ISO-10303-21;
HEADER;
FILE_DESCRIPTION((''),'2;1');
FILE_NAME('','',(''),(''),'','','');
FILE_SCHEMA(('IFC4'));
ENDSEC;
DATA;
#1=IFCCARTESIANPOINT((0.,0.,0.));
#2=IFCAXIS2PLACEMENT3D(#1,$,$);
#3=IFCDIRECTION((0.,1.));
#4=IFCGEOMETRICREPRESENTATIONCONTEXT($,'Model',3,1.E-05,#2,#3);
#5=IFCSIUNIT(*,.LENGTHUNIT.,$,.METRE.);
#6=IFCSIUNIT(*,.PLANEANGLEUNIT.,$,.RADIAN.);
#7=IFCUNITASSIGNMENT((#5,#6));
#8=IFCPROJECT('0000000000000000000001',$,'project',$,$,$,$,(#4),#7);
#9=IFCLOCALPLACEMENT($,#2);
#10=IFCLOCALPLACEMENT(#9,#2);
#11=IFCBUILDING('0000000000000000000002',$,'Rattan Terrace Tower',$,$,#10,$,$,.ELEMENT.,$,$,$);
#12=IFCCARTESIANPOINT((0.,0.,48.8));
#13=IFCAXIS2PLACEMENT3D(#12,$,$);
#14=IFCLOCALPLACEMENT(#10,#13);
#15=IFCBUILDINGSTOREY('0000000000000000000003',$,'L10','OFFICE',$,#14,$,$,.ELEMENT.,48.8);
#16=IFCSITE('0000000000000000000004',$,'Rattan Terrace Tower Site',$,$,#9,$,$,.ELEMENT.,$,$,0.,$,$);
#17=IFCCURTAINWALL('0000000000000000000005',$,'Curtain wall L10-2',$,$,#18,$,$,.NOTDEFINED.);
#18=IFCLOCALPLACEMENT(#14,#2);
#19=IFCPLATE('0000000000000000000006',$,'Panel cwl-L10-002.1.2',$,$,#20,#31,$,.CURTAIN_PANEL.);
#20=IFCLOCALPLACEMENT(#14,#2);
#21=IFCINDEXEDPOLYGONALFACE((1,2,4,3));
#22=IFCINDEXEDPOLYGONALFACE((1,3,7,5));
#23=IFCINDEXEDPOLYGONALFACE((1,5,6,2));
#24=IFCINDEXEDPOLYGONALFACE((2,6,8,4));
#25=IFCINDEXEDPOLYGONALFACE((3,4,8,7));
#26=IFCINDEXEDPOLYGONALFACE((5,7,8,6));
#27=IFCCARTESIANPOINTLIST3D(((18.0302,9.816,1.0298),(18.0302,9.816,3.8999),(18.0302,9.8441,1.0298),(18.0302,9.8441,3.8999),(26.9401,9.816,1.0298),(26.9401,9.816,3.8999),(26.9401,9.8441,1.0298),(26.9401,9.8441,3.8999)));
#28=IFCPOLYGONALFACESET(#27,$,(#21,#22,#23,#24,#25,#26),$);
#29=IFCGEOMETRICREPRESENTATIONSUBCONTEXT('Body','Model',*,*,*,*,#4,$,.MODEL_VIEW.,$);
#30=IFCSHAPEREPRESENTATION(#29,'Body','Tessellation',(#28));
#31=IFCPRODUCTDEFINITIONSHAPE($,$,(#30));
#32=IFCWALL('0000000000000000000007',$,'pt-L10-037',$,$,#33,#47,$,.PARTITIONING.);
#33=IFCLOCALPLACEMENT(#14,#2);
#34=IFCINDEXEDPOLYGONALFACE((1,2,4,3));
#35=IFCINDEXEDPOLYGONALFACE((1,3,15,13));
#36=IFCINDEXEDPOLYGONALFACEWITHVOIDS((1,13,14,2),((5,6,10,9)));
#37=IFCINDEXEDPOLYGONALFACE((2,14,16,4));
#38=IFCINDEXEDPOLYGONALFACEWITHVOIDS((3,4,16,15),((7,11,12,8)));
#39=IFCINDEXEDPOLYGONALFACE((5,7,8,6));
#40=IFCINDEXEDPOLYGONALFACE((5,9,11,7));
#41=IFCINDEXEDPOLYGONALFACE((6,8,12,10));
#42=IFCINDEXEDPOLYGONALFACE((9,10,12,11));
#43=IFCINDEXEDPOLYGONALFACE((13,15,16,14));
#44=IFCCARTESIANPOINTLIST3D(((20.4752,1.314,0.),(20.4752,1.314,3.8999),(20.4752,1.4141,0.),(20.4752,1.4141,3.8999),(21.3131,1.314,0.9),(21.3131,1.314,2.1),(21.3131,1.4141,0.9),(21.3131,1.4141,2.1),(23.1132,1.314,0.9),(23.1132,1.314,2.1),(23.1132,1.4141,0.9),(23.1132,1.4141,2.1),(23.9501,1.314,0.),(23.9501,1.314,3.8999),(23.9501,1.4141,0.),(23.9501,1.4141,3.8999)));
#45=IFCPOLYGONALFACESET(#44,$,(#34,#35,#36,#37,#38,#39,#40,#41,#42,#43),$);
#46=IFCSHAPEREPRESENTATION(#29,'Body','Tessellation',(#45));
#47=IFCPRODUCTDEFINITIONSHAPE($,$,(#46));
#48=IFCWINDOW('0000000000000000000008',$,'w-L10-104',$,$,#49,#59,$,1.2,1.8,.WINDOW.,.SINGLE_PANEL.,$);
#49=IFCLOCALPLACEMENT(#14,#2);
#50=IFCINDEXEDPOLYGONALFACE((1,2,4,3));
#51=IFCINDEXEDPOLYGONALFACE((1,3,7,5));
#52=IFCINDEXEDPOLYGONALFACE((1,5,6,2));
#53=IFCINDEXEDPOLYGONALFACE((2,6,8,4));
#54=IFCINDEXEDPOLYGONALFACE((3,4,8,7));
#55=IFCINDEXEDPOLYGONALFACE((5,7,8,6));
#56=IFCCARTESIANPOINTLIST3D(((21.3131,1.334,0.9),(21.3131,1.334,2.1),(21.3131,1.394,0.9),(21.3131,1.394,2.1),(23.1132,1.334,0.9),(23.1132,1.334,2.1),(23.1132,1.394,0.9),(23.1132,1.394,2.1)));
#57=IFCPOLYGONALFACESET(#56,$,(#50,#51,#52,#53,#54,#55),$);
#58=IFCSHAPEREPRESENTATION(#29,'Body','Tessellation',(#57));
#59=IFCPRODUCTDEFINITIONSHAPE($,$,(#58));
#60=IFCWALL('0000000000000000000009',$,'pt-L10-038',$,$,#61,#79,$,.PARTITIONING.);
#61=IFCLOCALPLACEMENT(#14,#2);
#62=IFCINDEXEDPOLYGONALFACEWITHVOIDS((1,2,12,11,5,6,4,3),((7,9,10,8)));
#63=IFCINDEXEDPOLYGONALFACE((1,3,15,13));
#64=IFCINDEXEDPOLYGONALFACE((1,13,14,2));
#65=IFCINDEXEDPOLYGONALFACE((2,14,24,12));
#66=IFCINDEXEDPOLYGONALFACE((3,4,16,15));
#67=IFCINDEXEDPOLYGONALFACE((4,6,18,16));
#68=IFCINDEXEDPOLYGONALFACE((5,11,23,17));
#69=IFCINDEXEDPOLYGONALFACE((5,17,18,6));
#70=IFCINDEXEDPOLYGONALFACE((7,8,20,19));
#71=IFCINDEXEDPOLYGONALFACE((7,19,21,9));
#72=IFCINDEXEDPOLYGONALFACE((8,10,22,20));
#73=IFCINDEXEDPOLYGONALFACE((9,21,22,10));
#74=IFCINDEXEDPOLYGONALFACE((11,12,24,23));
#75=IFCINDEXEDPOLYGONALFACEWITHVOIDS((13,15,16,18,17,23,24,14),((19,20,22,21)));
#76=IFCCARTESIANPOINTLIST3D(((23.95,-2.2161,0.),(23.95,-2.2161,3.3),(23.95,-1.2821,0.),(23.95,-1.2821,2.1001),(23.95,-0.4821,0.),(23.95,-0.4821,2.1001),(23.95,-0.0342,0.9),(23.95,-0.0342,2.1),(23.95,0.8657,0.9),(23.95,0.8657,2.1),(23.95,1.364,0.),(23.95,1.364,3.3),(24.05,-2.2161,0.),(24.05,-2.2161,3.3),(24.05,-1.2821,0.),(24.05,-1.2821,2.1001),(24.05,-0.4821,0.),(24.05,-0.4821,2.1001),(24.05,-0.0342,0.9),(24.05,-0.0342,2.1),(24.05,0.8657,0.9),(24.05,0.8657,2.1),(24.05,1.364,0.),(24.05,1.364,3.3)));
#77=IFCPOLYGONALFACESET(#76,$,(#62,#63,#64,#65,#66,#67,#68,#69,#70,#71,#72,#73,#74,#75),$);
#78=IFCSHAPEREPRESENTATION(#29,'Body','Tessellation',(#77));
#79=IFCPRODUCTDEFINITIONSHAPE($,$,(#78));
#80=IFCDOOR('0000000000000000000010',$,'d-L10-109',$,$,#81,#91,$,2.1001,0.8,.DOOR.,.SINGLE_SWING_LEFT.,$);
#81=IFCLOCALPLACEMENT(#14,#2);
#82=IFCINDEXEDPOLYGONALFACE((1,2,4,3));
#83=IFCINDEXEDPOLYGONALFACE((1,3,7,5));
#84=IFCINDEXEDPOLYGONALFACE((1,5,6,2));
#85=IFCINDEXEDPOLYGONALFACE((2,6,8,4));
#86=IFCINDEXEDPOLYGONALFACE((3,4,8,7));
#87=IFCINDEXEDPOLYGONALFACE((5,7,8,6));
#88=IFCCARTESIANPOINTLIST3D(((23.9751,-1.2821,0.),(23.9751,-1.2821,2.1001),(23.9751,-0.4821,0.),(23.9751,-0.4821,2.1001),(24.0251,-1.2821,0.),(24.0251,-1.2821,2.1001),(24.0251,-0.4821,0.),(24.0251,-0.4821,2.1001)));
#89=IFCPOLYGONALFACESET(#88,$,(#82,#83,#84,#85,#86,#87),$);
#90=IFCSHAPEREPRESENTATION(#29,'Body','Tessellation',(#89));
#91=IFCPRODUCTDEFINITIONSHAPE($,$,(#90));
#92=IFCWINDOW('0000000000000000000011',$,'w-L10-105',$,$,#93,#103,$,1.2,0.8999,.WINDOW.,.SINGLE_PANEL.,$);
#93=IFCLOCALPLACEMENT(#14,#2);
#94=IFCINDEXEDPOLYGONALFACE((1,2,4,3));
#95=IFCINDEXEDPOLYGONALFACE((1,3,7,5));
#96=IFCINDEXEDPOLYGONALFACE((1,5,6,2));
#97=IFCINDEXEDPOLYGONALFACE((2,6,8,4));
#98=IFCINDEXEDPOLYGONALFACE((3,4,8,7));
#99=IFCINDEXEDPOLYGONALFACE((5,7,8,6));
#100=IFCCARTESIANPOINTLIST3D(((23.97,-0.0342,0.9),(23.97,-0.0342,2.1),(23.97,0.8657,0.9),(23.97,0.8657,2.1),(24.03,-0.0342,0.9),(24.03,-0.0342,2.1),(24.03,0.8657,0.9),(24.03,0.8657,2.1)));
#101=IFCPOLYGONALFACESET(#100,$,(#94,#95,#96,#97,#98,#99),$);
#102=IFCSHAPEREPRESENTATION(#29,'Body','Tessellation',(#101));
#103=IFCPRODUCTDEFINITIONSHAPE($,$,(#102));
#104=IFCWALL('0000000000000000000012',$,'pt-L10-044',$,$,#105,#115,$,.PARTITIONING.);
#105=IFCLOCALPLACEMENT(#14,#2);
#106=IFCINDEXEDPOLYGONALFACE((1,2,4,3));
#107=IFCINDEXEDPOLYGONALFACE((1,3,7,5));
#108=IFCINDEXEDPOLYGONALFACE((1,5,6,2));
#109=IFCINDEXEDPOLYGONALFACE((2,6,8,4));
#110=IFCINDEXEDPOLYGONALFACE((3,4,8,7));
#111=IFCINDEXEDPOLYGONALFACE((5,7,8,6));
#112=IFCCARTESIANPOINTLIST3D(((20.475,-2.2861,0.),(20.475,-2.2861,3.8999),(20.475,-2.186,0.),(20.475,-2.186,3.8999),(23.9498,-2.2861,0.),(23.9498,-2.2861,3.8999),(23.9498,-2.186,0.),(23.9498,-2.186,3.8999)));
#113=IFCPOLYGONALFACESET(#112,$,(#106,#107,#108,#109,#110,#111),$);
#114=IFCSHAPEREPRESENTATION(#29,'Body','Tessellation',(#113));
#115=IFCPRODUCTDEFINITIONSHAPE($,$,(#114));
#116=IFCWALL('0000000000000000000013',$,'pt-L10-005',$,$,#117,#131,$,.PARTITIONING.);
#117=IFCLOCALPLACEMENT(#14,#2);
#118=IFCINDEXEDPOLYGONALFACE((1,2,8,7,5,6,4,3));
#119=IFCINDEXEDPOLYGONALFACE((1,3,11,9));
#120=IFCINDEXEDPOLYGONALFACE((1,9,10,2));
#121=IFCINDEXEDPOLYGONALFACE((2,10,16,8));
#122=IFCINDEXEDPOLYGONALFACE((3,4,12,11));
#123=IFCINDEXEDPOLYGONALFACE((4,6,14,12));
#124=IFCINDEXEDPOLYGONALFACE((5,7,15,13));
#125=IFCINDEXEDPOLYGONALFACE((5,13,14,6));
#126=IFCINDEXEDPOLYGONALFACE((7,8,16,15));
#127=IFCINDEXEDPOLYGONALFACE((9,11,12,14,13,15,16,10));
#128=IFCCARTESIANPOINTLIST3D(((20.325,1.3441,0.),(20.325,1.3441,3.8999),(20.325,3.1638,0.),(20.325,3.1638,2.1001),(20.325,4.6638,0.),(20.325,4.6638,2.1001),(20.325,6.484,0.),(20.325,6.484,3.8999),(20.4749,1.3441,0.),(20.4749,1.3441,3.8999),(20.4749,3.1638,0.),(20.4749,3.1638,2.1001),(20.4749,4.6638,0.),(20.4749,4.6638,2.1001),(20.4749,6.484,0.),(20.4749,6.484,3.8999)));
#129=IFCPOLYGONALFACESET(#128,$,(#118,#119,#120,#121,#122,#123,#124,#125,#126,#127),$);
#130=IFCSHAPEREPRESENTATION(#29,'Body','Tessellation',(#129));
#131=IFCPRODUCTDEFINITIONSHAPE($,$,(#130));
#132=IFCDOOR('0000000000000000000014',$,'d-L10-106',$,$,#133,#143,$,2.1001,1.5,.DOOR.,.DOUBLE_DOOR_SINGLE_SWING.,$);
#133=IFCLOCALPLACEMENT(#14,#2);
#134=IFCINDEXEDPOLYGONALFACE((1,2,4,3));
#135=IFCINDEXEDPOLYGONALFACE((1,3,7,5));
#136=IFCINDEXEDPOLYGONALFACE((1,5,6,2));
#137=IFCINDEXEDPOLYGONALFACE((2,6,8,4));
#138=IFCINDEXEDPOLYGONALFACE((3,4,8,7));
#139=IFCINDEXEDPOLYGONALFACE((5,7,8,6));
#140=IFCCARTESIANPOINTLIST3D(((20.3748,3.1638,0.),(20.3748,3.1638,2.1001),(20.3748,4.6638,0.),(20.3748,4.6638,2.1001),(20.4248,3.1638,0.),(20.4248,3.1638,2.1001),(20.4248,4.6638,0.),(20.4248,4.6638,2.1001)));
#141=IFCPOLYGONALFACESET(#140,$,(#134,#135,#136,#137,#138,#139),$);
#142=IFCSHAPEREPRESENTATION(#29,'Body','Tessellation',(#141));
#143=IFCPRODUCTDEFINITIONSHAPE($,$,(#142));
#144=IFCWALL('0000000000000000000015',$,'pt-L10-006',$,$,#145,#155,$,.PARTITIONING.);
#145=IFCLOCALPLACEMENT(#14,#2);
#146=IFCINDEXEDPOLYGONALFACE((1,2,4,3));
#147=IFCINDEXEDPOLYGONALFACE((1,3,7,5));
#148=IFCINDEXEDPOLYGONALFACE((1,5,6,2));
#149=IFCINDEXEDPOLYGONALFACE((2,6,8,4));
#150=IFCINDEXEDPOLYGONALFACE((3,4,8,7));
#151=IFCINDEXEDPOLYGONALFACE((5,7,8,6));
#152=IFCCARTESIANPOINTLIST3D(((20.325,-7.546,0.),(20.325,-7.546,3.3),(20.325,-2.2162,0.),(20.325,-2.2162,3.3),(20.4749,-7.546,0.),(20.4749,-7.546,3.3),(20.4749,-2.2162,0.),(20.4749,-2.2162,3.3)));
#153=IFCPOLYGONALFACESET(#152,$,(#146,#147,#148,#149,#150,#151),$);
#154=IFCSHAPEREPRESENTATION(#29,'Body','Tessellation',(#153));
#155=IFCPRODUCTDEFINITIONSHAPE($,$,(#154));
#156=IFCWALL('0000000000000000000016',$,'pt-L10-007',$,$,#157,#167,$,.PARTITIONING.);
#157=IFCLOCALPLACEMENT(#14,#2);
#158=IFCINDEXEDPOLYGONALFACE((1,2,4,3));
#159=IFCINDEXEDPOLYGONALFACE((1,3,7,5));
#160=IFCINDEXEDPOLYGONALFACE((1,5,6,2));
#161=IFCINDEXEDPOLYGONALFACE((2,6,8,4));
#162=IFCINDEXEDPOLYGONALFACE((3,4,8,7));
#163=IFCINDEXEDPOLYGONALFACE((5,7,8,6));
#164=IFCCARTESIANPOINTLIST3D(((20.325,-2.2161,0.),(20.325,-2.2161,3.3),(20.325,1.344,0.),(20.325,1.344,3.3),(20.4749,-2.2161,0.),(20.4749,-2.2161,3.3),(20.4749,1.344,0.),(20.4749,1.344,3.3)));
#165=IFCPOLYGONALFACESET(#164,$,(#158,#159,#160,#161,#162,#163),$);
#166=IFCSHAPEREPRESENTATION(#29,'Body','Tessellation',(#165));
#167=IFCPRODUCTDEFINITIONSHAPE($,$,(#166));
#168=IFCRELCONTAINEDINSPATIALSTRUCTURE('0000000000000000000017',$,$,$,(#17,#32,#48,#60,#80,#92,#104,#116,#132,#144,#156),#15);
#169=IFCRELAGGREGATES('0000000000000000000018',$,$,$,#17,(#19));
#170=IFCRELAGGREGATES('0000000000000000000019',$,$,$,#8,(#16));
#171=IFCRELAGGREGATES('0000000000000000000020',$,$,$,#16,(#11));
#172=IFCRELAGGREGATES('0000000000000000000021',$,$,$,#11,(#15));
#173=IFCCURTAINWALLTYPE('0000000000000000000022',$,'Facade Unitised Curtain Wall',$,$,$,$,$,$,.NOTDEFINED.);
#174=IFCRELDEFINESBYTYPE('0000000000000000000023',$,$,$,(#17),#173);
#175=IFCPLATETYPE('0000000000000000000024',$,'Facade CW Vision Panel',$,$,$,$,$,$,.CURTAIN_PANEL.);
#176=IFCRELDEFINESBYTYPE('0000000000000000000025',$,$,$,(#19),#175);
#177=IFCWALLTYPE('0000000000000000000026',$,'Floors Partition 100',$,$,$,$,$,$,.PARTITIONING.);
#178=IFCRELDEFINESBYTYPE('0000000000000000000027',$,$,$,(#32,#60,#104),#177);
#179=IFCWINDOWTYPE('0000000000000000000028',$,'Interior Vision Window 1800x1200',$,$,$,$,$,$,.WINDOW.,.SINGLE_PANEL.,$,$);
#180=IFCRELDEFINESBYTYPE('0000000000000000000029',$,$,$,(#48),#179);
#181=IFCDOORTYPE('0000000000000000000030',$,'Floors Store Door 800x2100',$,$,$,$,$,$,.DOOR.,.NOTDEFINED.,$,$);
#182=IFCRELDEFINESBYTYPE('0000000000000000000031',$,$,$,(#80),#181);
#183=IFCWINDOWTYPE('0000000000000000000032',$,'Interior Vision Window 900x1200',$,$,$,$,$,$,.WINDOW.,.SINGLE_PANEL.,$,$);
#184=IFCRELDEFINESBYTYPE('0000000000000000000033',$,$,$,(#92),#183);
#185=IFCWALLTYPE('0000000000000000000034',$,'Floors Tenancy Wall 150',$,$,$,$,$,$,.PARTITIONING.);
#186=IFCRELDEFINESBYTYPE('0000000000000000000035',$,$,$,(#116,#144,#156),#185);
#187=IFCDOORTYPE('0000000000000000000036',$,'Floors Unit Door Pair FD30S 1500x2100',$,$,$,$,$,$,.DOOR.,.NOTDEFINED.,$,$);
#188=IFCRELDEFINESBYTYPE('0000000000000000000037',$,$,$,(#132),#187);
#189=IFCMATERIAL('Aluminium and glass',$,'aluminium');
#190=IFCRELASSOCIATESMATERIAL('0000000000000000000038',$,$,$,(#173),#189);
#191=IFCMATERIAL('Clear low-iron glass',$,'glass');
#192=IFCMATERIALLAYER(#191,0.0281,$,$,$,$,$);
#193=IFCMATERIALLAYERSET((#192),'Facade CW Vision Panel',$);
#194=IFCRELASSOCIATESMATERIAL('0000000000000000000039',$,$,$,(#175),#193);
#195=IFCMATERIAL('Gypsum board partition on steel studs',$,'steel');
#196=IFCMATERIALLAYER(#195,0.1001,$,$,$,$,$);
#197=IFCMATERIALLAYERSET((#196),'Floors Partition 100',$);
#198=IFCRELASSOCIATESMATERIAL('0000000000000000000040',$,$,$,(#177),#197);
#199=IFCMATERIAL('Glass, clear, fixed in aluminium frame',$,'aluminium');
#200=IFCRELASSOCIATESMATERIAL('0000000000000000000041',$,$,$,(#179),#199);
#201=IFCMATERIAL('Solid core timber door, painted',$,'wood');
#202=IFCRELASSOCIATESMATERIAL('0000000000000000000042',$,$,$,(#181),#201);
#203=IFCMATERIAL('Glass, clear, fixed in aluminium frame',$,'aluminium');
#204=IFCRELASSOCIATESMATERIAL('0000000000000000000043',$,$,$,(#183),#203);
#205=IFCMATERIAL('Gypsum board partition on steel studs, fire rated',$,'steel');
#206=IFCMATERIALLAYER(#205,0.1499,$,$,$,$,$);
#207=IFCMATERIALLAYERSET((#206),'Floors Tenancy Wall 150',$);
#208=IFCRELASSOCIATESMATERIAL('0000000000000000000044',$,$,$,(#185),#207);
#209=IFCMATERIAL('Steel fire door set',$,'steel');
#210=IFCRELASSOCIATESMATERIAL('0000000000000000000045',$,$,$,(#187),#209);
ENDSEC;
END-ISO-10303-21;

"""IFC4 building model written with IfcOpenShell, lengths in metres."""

from ifc_helpers import new_model, si_unit, direction, frame, frame_2d, origin, origin_2d, place, context, subcontext, project, spatial, rectangle, extrude, material, layer, layer_set, type_object, element, fill, aggregate, save


model = new_model("IFC4")

# Units and contexts
model_context = context("Model", 3, precision=1e-05, world=origin(), true_north=direction((0.0, 1.0)))
body_context = subcontext(model_context, "Body", "Model", "MODEL_VIEW")
ifc_project = project(units=[si_unit("LENGTHUNIT", "METRE"), si_unit("PLANEANGLEUNIT", "RADIAN")], contexts=[model_context])

# Site, building, storey
site_placement = place(None, origin())
site = spatial("IfcSite", under=ifc_project, at=site_placement, Name="Rattan Terrace Tower Site", CompositionType="ELEMENT", RefElevation=0.0)
building_placement = place(site_placement, origin())
building = spatial("IfcBuilding", under=site, at=building_placement, Name="Rattan Terrace Tower", CompositionType="ELEMENT")
storey_placement = place(building_placement, frame((0.0, 0.0, 48.8)))
storey = spatial("IfcBuildingStorey", under=building, at=storey_placement, Name="L10", Description="OFFICE", CompositionType="ELEMENT", Elevation=48.8)

# Curtain wall
ifc_material_1 = material(Name="Aluminium and glass", Category="aluminium")
curtain_wall_type = type_object("IfcCurtainWallType", Name="Facade Unitised Curtain Wall", PredefinedType="NOTDEFINED", material=ifc_material_1)
curtain_wall_placement = place(storey_placement, origin())
curtain_wall = element("IfcCurtainWall", 1, at=curtain_wall_placement, inside=storey, type_object=curtain_wall_type, Name="Curtain wall L10-2", PredefinedType="NOTDEFINED")

# Plate
ifc_material_2 = material(Name="Clear low-iron glass", Category="glass")
ifc_layer_1 = layer(ifc_material_2, 0.0281)
ifc_layer_set_1 = layer_set([ifc_layer_1], Name="Facade CW Vision Panel")
plate_type_1 = type_object("IfcPlateType", Name="Facade CW Vision Panel", PredefinedType="CURTAIN_PANEL", material=ifc_layer_set_1)
plate_1_placement = place(storey_placement, frame((22.4851, 9.8301, 1.0298), z_axis=(0.0, 0.0, 1.0), x_axis=(-1.0, 0.0, 0.0)))
plate_1 = element("IfcPlate", 2, at=plate_1_placement, type_object=plate_type_1, Name="Panel cwl-L10-002.1.2", PredefinedType="CURTAIN_PANEL", context=body_context, shape_type="SweptSolid", body=[
    extrude(rectangle(XDim=8.9099, YDim=0.0281, at=origin_2d()), origin(), (0.0, 0.0, 1.0), 2.8701),
])
aggregate(curtain_wall, [plate_1])

# Wall, opening, window
ifc_material_3 = material(Name="Gypsum board partition on steel studs", Category="steel")
ifc_layer_2 = layer(ifc_material_3, 0.1001)
ifc_layer_set_2 = layer_set([ifc_layer_2], Name="Floors Partition 100")
wall_type_1 = type_object("IfcWallType", Name="Floors Partition 100", PredefinedType="PARTITIONING", material=ifc_layer_set_2)
wall_1_placement = place(storey_placement, frame((23.95, 1.364, 0.0), z_axis=(0.0, 0.0, 1.0), x_axis=(-1.0, 0.0, 0.0)))
wall_1 = element("IfcWall", 3, at=wall_1_placement, inside=storey, type_object=wall_type_1, Name="pt-L10-037", PredefinedType="PARTITIONING", context=body_context, shape_type="SweptSolid", body=[
    extrude(rectangle(XDim=3.4749, YDim=0.1001, at=frame_2d((1.7373, 0.0))), origin(), (0.0, 0.0, 1.0), 3.8999),
])
opening_1_placement = place(wall_1_placement, frame((0.8369, 0.0, 0.8999)))
opening_1 = element("IfcOpeningElement", 4, at=opening_1_placement, cuts=wall_1, PredefinedType="OPENING", context=body_context, shape_type="SweptSolid", body=[
    extrude(rectangle(XDim=1.8, YDim=1.2, at=frame_2d((0.8999, 0.6001))), frame((0.0, 0.0605, 0.0), z_axis=(0.0, -1.0, 0.0), x_axis=(1.0, 0.0, 0.0)), (0.0, 0.0, 1.0), 0.1211),
])
ifc_material_4 = material(Name="Glass, clear, fixed in aluminium frame", Category="aluminium")
window_type_1 = type_object("IfcWindowType", Name="Interior Vision Window 1800x1200", PartitioningType="SINGLE_PANEL", PredefinedType="WINDOW", material=ifc_material_4)
window_1_placement = place(opening_1_placement, origin())
window_1 = element("IfcWindow", 5, at=window_1_placement, inside=storey, type_object=window_type_1, Name="w-L10-104", OverallHeight=1.2, OverallWidth=1.8, PartitioningType="SINGLE_PANEL", PredefinedType="WINDOW", context=body_context, shape_type="SweptSolid", body=[
    extrude(rectangle(XDim=1.8, YDim=1.2, at=frame_2d((0.8999, 0.6001))), frame((0.0, 0.03, 0.0), z_axis=(0.0, -1.0, 0.0), x_axis=(1.0, 0.0, 0.0)), (0.0, 0.0, 1.0), 0.0601),
])
fill(opening_1, window_1)

# Wall, openings, door, window
wall_2_placement = place(storey_placement, frame((24.0, -2.2161, 0.0), z_axis=(0.0, 0.0, 1.0), x_axis=(0.0, 1.0, 0.0)))
wall_2 = element("IfcWall", 6, at=wall_2_placement, inside=storey, type_object=wall_type_1, Name="pt-L10-038", PredefinedType="PARTITIONING", context=body_context, shape_type="SweptSolid", body=[
    extrude(rectangle(XDim=3.5801, YDim=0.1001, at=frame_2d((1.79, 0.0))), origin(), (0.0, 0.0, 1.0), 3.3),
])
opening_2_placement = place(wall_2_placement, frame((0.9341, 0.0, 0.0)))
opening_2 = element("IfcOpeningElement", 7, at=opening_2_placement, cuts=wall_2, PredefinedType="OPENING", context=body_context, shape_type="SweptSolid", body=[
    extrude(rectangle(XDim=0.8, YDim=2.1001, at=frame_2d((0.3999, 1.05))), frame((0.0, 0.0605, 0.0), z_axis=(0.0, -1.0, 0.0), x_axis=(1.0, 0.0, 0.0)), (0.0, 0.0, 1.0), 0.1211),
])
opening_3_placement = place(wall_2_placement, frame((2.1819, 0.0, 0.8999)))
opening_3 = element("IfcOpeningElement", 8, at=opening_3_placement, cuts=wall_2, PredefinedType="OPENING", context=body_context, shape_type="SweptSolid", body=[
    extrude(rectangle(XDim=0.8999, YDim=1.2, at=frame_2d((0.45, 0.6001))), frame((0.0, 0.0605, 0.0), z_axis=(0.0, -1.0, 0.0), x_axis=(1.0, 0.0, 0.0)), (0.0, 0.0, 1.0), 0.1211),
])
ifc_material_5 = material(Name="Solid core timber door, painted", Category="wood")
door_type_1 = type_object("IfcDoorType", Name="Floors Store Door 800x2100", OperationType="NOTDEFINED", PredefinedType="DOOR", material=ifc_material_5)
door_1_placement = place(opening_2_placement, origin())
door_1 = element("IfcDoor", 9, at=door_1_placement, inside=storey, type_object=door_type_1, Name="d-L10-109", OperationType="SINGLE_SWING_LEFT", OverallHeight=2.1001, OverallWidth=0.8, PredefinedType="DOOR", context=body_context, shape_type="SweptSolid", body=[
    extrude(rectangle(XDim=0.8, YDim=2.1001, at=frame_2d((0.3999, 1.05))), frame((0.0, 0.0249, 0.0), z_axis=(0.0, -1.0, 0.0), x_axis=(1.0, 0.0, 0.0)), (0.0, 0.0, 1.0), 0.05),
])
fill(opening_2, door_1)
ifc_material_6 = material(Name="Glass, clear, fixed in aluminium frame", Category="aluminium")
window_type_2 = type_object("IfcWindowType", Name="Interior Vision Window 900x1200", PartitioningType="SINGLE_PANEL", PredefinedType="WINDOW", material=ifc_material_6)
window_2_placement = place(opening_3_placement, origin())
window_2 = element("IfcWindow", 10, at=window_2_placement, inside=storey, type_object=window_type_2, Name="w-L10-105", OverallHeight=1.2, OverallWidth=0.8999, PartitioningType="SINGLE_PANEL", PredefinedType="WINDOW", context=body_context, shape_type="SweptSolid", body=[
    extrude(rectangle(XDim=0.8999, YDim=1.2, at=frame_2d((0.45, 0.6001))), frame((0.0, 0.03, 0.0), z_axis=(0.0, -1.0, 0.0), x_axis=(1.0, 0.0, 0.0)), (0.0, 0.0, 1.0), 0.0601),
])
fill(opening_3, window_2)

# Wall
wall_3_placement = place(storey_placement, frame((20.4751, -2.2361, 0.0), z_axis=(0.0, 0.0, 1.0), x_axis=(1.0, 0.0, 0.0)))
element("IfcWall", 11, at=wall_3_placement, inside=storey, type_object=wall_type_1, Name="pt-L10-044", PredefinedType="PARTITIONING", context=body_context, shape_type="SweptSolid", body=[
    extrude(rectangle(XDim=3.4749, YDim=0.1001, at=frame_2d((1.7373, 0.0))), origin(), (0.0, 0.0, 1.0), 3.8999),
])

# Wall, opening, door
ifc_material_7 = material(Name="Gypsum board partition on steel studs, fire rated", Category="steel")
ifc_layer_3 = layer(ifc_material_7, 0.1499)
ifc_layer_set_3 = layer_set([ifc_layer_3], Name="Floors Tenancy Wall 150")
wall_type_2 = type_object("IfcWallType", Name="Floors Tenancy Wall 150", PredefinedType="PARTITIONING", material=ifc_layer_set_3)
wall_4_placement = place(storey_placement, frame((20.3999, 6.4839, 0.0), z_axis=(0.0, 0.0, 1.0), x_axis=(0.0, -1.0, 0.0)))
wall_4 = element("IfcWall", 12, at=wall_4_placement, inside=storey, type_object=wall_type_2, Name="pt-L10-005", PredefinedType="PARTITIONING", context=body_context, shape_type="SweptSolid", body=[
    extrude(rectangle(XDim=5.1399, YDim=0.1499, at=frame_2d((2.5698, 0.0))), origin(), (0.0, 0.0, 1.0), 3.8999),
])
opening_4_placement = place(wall_4_placement, frame((1.8201, 0.0, 0.0)))
opening_4 = element("IfcOpeningElement", 13, at=opening_4_placement, cuts=wall_4, PredefinedType="OPENING", context=body_context, shape_type="SweptSolid", body=[
    extrude(rectangle(XDim=1.5, YDim=2.1001, at=frame_2d((0.75, 1.05))), frame((0.0, 0.0854, 0.0), z_axis=(0.0, -1.0, 0.0), x_axis=(1.0, 0.0, 0.0)), (0.0, 0.0, 1.0), 0.1709),
])
ifc_material_8 = material(Name="Steel fire door set", Category="steel")
door_type_2 = type_object("IfcDoorType", Name="Floors Unit Door Pair FD30S 1500x2100", OperationType="NOTDEFINED", PredefinedType="DOOR", material=ifc_material_8)
door_2_placement = place(opening_4_placement, origin())
door_2 = element("IfcDoor", 14, at=door_2_placement, inside=storey, type_object=door_type_2, Name="d-L10-106", OperationType="DOUBLE_DOOR_SINGLE_SWING", OverallHeight=2.1001, OverallWidth=1.5, PredefinedType="DOOR", context=body_context, shape_type="SweptSolid", body=[
    extrude(rectangle(XDim=1.5, YDim=2.1001, at=frame_2d((0.75, 1.05))), frame((0.0, 0.0249, 0.0), z_axis=(0.0, -1.0, 0.0), x_axis=(1.0, 0.0, 0.0)), (0.0, 0.0, 1.0), 0.05),
])
fill(opening_4, door_2)

# Walls
wall_5_placement = place(storey_placement, frame((20.3999, -2.2161, 0.0), z_axis=(0.0, 0.0, 1.0), x_axis=(0.0, -1.0, 0.0)))
element("IfcWall", 15, at=wall_5_placement, inside=storey, type_object=wall_type_2, Name="pt-L10-006", PredefinedType="PARTITIONING", context=body_context, shape_type="SweptSolid", body=[
    extrude(rectangle(XDim=5.3298, YDim=0.1499, at=frame_2d((2.665, 0.0))), origin(), (0.0, 0.0, 1.0), 3.3),
])
wall_6_placement = place(storey_placement, frame((20.3999, 1.344, 0.0), z_axis=(0.0, 0.0, 1.0), x_axis=(0.0, -1.0, 0.0)))
element("IfcWall", 16, at=wall_6_placement, inside=storey, type_object=wall_type_2, Name="pt-L10-007", PredefinedType="PARTITIONING", context=body_context, shape_type="SweptSolid", body=[
    extrude(rectangle(XDim=3.5601, YDim=0.1499, at=frame_2d((1.78, 0.0))), origin(), (0.0, 0.0, 1.0), 3.3),
])

save(model, "model.ifc")
